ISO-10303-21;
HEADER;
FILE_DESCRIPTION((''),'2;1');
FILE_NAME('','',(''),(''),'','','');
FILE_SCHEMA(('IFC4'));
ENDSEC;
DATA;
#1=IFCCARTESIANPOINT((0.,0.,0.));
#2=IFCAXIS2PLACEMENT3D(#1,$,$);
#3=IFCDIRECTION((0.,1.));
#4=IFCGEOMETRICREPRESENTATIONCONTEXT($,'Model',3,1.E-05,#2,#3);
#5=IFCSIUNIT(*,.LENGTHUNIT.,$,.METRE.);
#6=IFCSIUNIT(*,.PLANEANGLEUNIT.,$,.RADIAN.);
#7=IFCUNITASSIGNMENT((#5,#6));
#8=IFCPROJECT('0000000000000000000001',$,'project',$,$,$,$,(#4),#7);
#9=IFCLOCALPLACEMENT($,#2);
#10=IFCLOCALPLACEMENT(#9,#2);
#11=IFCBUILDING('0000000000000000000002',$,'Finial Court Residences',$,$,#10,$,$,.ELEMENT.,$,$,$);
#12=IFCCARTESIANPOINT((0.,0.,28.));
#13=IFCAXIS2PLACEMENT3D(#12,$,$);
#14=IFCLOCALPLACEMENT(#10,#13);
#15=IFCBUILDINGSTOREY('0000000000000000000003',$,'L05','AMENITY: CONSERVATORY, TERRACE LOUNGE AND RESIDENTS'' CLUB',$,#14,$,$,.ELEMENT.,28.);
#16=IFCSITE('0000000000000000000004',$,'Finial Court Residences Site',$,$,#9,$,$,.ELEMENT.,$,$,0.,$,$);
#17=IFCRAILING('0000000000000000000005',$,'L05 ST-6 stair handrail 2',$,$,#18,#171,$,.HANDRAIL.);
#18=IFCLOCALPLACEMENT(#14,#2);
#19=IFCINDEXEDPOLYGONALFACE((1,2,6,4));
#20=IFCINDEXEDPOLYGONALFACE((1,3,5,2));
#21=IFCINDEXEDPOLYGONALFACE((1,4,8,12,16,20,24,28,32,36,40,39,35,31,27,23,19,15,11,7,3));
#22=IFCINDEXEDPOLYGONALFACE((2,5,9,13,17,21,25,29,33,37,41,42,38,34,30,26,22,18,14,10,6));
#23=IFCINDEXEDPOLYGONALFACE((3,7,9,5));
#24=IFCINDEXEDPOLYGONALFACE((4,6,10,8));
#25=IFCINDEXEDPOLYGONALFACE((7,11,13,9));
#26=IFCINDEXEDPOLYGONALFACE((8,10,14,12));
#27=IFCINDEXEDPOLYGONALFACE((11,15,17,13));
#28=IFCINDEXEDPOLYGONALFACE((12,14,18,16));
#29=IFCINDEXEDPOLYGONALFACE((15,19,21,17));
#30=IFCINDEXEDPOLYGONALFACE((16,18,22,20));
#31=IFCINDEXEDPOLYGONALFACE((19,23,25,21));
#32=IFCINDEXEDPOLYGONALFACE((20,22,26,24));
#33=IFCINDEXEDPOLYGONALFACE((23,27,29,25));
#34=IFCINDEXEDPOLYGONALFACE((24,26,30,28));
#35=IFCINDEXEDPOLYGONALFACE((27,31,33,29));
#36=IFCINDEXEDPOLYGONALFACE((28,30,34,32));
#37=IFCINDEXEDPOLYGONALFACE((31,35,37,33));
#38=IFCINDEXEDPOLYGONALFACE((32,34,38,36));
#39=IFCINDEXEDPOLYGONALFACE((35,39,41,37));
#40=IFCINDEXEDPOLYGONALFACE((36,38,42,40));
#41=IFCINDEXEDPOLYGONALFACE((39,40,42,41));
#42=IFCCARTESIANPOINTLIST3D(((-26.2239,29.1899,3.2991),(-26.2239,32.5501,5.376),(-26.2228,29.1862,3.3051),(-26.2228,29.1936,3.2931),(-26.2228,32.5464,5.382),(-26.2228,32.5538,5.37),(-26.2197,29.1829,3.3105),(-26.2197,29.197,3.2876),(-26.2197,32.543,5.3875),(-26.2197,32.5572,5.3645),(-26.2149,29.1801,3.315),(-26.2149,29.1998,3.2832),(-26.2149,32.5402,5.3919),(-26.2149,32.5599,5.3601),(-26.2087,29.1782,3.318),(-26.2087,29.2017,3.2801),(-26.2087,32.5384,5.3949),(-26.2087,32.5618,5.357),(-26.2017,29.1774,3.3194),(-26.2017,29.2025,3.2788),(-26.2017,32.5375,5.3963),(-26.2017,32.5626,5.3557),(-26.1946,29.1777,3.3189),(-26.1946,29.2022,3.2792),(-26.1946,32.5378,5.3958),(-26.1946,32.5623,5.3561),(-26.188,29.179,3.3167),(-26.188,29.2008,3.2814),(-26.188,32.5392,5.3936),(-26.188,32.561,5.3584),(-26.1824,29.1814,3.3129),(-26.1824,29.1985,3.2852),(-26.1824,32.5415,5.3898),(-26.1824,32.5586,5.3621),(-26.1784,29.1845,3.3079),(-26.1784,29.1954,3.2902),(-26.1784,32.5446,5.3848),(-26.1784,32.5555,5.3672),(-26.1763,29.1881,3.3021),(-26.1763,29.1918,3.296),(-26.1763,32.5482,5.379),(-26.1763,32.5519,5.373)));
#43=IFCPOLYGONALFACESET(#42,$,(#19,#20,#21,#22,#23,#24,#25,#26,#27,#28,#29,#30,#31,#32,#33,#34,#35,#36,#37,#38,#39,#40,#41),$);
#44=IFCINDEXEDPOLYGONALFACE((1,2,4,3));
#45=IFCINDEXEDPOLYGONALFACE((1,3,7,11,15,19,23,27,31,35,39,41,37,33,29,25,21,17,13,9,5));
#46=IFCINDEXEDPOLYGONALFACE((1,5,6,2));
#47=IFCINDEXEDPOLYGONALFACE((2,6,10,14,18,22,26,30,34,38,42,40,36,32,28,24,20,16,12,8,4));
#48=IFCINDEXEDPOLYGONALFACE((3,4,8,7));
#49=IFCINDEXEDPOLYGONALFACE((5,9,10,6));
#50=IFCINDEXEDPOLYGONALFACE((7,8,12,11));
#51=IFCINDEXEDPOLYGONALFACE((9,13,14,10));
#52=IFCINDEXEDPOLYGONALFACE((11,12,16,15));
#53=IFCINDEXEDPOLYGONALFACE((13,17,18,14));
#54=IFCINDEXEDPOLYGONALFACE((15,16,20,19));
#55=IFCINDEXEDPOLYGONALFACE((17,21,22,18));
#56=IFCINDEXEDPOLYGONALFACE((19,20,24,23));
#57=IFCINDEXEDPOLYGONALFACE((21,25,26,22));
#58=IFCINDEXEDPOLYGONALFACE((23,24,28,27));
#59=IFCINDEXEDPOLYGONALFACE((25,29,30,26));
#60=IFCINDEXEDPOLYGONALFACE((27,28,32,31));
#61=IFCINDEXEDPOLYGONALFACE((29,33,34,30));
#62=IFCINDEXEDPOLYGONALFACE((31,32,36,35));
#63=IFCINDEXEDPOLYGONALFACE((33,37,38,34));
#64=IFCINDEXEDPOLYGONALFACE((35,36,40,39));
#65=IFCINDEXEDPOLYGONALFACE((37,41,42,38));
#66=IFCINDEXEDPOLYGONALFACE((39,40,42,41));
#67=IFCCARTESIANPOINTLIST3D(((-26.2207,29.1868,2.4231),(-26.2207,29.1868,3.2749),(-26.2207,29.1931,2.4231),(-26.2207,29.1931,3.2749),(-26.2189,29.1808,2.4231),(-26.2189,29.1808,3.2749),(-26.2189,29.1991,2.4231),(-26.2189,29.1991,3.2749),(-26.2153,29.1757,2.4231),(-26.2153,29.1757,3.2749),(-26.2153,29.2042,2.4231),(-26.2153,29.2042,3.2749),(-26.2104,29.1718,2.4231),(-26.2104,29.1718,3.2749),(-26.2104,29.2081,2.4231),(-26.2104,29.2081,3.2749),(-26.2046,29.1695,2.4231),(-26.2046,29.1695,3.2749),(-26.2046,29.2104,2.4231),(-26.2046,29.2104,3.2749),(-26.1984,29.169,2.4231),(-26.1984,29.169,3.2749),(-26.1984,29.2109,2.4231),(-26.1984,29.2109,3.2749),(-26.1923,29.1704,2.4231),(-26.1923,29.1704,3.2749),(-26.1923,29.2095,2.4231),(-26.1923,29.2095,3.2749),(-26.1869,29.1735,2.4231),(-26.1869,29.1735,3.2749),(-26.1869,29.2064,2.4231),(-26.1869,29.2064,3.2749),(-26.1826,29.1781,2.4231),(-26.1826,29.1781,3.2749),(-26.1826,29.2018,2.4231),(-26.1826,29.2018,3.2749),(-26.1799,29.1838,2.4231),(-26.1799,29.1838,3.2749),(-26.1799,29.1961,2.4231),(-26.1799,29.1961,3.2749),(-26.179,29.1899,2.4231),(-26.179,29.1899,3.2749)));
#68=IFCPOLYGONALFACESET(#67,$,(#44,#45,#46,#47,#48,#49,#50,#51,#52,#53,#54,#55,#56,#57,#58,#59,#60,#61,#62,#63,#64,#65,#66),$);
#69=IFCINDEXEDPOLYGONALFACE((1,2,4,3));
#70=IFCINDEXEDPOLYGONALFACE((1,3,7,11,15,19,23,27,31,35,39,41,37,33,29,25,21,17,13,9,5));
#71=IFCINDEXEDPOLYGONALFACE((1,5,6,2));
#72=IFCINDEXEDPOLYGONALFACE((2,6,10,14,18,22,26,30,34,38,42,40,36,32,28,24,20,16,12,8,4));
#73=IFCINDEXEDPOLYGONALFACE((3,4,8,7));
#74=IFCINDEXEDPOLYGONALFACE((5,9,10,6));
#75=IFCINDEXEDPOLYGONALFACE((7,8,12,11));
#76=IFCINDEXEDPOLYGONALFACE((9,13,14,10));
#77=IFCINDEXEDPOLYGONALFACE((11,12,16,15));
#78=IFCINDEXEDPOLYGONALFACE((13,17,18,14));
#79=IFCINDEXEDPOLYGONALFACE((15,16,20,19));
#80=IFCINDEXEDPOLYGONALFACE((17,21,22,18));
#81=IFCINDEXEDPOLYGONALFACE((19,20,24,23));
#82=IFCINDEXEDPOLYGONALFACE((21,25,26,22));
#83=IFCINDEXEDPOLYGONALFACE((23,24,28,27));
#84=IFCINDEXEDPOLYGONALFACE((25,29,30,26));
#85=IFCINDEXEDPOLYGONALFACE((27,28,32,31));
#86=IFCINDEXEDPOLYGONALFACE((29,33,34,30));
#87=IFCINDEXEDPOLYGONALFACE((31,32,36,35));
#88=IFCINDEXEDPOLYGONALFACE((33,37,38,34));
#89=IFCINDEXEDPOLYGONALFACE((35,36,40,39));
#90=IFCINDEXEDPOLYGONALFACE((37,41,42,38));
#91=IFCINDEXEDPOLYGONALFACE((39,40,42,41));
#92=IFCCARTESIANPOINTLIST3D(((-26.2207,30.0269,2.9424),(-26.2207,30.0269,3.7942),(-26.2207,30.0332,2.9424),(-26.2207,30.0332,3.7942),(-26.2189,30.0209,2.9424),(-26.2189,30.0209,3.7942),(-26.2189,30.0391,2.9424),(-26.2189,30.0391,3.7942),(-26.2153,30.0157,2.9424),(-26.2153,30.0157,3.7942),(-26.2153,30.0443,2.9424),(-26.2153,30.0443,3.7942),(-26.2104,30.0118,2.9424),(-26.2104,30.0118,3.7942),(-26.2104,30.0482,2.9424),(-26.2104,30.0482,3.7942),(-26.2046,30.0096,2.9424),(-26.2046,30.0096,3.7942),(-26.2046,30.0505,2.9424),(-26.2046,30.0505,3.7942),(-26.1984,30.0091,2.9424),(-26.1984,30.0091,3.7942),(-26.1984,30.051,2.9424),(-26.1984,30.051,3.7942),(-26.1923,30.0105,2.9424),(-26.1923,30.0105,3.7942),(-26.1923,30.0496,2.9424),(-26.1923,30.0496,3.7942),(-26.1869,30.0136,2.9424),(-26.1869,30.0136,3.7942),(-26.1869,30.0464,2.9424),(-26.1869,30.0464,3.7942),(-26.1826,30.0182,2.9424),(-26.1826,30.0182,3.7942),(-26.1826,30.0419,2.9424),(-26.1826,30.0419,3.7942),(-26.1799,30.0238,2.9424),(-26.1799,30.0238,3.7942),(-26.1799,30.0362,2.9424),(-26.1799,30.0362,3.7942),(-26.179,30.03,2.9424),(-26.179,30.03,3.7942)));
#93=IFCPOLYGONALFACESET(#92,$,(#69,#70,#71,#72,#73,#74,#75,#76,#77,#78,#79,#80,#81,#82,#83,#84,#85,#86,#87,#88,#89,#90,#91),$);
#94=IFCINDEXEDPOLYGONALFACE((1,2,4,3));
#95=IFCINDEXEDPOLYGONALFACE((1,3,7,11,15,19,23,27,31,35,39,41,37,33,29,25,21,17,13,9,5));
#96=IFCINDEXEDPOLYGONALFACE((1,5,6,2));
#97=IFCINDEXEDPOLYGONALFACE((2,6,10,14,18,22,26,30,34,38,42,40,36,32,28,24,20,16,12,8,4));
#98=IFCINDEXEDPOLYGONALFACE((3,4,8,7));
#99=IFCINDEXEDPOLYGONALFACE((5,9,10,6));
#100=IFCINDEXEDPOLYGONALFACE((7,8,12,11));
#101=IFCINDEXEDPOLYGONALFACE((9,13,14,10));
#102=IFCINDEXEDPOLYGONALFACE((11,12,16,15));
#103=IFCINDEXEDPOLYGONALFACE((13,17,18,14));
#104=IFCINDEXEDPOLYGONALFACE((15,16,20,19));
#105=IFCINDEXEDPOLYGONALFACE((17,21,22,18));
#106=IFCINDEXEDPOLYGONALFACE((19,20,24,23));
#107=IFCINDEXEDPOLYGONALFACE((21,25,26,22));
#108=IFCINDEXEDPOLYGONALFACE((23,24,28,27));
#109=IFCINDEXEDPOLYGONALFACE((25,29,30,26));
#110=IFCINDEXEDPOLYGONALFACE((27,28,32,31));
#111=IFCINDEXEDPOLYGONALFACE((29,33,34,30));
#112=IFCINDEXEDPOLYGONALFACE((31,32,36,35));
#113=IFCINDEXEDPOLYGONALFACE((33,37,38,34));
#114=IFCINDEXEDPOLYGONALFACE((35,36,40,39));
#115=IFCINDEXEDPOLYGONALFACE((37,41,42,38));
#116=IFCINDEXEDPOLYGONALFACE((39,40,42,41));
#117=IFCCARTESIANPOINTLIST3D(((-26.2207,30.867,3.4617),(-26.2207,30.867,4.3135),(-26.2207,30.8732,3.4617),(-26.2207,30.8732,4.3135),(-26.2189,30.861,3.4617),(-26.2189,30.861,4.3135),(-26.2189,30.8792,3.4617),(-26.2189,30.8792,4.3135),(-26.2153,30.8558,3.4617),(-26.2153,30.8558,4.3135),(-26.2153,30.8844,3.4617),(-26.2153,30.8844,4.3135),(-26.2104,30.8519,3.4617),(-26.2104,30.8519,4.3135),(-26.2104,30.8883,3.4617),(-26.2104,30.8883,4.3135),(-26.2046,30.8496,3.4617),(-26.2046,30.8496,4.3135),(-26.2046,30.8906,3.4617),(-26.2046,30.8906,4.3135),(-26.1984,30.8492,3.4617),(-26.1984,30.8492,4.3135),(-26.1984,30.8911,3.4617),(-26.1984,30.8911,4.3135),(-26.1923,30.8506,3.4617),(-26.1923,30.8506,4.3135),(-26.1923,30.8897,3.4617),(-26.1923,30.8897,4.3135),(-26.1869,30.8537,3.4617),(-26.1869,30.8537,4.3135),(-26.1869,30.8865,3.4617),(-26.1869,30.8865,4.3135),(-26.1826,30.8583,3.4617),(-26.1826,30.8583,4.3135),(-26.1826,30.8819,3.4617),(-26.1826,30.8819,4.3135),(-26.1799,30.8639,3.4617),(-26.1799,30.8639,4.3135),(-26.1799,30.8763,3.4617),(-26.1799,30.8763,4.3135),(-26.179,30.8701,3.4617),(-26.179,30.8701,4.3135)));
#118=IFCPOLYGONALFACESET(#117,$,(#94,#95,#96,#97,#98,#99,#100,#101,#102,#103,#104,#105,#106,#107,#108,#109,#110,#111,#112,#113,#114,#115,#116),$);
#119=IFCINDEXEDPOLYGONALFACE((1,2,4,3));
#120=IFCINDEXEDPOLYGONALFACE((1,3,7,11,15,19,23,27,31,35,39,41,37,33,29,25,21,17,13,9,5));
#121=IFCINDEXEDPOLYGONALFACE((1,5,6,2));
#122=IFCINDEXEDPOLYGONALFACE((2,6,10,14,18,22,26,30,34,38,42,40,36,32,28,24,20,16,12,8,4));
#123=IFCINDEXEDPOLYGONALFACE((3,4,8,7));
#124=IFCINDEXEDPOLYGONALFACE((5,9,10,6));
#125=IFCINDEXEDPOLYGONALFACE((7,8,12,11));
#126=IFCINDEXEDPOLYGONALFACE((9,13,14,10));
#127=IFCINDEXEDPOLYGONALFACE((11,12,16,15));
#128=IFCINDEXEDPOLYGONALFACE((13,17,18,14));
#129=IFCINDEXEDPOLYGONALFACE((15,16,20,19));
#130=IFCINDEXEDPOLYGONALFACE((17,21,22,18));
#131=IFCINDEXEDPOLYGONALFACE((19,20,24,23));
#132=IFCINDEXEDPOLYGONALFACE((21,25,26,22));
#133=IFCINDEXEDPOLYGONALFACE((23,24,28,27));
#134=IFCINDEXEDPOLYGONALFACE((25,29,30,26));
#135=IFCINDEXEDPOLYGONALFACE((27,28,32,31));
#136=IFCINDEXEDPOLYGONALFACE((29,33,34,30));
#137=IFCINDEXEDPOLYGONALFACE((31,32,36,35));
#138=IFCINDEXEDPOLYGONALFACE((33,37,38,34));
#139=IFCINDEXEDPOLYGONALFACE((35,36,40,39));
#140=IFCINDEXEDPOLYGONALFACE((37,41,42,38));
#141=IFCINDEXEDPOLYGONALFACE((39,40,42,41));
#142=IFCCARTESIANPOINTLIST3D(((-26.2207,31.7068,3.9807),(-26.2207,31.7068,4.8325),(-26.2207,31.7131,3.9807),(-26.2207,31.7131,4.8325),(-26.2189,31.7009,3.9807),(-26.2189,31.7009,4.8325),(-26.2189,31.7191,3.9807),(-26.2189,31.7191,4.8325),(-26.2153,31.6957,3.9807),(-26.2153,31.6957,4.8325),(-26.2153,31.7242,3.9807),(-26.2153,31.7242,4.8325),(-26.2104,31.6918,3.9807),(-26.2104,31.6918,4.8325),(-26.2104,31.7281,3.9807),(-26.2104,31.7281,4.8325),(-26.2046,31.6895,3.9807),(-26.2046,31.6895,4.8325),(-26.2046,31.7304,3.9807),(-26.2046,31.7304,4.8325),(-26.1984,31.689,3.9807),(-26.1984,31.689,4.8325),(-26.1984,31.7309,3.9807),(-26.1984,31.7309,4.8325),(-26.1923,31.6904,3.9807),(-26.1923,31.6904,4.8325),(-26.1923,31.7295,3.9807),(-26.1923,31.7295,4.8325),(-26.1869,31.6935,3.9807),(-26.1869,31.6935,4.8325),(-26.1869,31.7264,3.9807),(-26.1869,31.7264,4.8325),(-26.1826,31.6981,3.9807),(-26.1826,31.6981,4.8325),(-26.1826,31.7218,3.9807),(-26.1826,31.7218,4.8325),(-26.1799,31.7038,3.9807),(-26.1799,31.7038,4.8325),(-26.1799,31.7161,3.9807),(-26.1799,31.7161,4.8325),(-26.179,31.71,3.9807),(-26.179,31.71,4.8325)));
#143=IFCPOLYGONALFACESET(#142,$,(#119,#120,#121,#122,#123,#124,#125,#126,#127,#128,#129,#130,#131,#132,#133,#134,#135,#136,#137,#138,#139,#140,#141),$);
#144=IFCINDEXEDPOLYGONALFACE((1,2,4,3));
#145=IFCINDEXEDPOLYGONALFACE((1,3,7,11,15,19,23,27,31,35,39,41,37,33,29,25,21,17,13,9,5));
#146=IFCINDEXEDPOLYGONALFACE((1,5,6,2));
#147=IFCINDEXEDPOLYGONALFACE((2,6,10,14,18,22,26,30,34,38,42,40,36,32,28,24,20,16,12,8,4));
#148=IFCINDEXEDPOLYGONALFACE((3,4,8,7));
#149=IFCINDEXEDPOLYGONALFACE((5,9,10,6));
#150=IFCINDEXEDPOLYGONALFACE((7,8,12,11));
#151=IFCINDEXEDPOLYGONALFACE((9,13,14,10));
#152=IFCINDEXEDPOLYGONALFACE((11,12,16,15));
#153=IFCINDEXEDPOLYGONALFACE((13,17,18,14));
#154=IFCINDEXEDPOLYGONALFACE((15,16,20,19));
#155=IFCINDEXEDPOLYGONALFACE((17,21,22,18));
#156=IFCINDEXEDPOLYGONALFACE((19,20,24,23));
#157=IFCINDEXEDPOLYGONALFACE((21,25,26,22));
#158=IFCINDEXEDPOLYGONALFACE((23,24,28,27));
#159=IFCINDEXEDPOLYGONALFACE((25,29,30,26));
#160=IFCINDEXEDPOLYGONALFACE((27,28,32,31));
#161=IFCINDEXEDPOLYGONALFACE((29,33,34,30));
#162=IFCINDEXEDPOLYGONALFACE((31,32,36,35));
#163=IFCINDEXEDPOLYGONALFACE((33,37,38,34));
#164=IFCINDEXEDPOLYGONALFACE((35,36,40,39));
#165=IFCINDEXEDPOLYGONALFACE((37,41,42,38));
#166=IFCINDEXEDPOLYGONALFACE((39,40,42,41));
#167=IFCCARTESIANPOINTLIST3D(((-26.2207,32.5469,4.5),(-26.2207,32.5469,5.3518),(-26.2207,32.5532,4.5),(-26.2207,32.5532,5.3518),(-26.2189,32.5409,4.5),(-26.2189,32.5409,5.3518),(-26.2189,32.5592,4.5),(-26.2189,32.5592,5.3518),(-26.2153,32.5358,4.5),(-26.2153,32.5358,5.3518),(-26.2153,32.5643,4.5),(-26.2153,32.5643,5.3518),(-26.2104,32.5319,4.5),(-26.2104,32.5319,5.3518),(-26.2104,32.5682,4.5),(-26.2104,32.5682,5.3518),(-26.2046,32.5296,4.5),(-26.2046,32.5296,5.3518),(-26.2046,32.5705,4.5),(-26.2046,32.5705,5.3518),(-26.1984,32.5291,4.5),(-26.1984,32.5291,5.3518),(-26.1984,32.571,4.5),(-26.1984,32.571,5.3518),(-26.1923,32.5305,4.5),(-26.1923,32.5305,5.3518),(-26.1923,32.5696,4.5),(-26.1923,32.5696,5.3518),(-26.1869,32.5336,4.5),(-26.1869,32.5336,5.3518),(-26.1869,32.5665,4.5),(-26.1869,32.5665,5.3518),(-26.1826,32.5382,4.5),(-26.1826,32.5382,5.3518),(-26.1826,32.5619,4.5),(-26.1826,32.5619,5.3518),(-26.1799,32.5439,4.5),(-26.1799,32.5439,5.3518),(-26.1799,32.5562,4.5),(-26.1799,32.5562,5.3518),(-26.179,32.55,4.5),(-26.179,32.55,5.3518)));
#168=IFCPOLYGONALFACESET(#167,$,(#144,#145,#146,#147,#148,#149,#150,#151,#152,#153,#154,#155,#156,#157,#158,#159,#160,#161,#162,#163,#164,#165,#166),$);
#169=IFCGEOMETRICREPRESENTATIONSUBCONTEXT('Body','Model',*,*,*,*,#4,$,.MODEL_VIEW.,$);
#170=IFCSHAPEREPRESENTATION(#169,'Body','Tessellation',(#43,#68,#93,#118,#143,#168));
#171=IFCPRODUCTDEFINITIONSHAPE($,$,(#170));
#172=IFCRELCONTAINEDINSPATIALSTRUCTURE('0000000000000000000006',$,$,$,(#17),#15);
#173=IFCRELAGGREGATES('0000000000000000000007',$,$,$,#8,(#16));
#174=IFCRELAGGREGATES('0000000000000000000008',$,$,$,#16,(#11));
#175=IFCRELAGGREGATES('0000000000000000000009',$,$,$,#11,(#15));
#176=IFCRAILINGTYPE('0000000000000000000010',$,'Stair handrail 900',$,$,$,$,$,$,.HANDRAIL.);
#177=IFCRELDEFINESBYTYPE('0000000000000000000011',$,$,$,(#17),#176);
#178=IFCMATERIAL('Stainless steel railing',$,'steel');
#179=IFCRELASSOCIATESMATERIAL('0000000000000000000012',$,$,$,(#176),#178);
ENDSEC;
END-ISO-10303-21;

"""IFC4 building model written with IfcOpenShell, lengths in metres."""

from ifc_helpers import new_model, si_unit, direction, frame, origin, origin_2d, place, context, subcontext, project, spatial, circle, extrude, material, type_object, element, save


model = new_model("IFC4")

# Units and contexts
model_context = context("Model", 3, precision=1e-05, world=origin(), true_north=direction((0.0, 1.0)))
body_context = subcontext(model_context, "Body", "Model", "MODEL_VIEW")
ifc_project = project(units=[si_unit("LENGTHUNIT", "METRE"), si_unit("PLANEANGLEUNIT", "RADIAN")], contexts=[model_context])

# Site, building, storey
site_placement = place(None, origin())
site = spatial("IfcSite", under=ifc_project, at=site_placement, Name="Finial Court Residences Site", CompositionType="ELEMENT", RefElevation=0.0)
building_placement = place(site_placement, origin())
building = spatial("IfcBuilding", under=site, at=building_placement, Name="Finial Court Residences", CompositionType="ELEMENT")
storey_placement = place(building_placement, frame((0.0, 0.0, 28.0)))
storey = spatial("IfcBuildingStorey", under=building, at=storey_placement, Name="L05", Description="AMENITY: CONSERVATORY, TERRACE LOUNGE AND RESIDENTS' CLUB", CompositionType="ELEMENT", Elevation=28.0)

# Railing
ifc_material_1 = material(Name="Stainless steel railing", Category="steel")
railing_type = type_object("IfcRailingType", Name="Stair handrail 900", PredefinedType="HANDRAIL", material=ifc_material_1)
railing_placement = place(storey_placement, frame((-26.2, 29.1899, 2.4231)))
element("IfcRailing", 1, at=railing_placement, inside=storey, type_object=railing_type, Name="L05 ST-6 stair handrail 2", PredefinedType="HANDRAIL", context=body_context, shape_type="SweptSolid", body=[
    extrude(circle(Radius=0.0239, at=origin_2d()), frame((0.0, 0.0, 0.876), z_axis=(0.0, 0.850623, 0.525776), x_axis=(-1.0, 0.0, 0.0)), (0.0, 0.0, 1.0), 3.9502),
    extrude(circle(Radius=0.021, at=origin_2d()), origin(), (0.0, 0.0, 1.0), 0.8518),
    extrude(circle(Radius=0.021, at=origin_2d()), frame((0.0, 0.8401, 0.5193)), (0.0, 0.0, 1.0), 0.8518),
    extrude(circle(Radius=0.021, at=origin_2d()), frame((0.0, 1.6802, 1.0386)), (0.0, 0.0, 1.0), 0.8518),
    extrude(circle(Radius=0.021, at=origin_2d()), frame((0.0, 2.52, 1.5576)), (0.0, 0.0, 1.0), 0.8518),
    extrude(circle(Radius=0.021, at=origin_2d()), frame((0.0, 3.3601, 2.0769)), (0.0, 0.0, 1.0), 0.8518),
])

save(model, "model.ifc")
